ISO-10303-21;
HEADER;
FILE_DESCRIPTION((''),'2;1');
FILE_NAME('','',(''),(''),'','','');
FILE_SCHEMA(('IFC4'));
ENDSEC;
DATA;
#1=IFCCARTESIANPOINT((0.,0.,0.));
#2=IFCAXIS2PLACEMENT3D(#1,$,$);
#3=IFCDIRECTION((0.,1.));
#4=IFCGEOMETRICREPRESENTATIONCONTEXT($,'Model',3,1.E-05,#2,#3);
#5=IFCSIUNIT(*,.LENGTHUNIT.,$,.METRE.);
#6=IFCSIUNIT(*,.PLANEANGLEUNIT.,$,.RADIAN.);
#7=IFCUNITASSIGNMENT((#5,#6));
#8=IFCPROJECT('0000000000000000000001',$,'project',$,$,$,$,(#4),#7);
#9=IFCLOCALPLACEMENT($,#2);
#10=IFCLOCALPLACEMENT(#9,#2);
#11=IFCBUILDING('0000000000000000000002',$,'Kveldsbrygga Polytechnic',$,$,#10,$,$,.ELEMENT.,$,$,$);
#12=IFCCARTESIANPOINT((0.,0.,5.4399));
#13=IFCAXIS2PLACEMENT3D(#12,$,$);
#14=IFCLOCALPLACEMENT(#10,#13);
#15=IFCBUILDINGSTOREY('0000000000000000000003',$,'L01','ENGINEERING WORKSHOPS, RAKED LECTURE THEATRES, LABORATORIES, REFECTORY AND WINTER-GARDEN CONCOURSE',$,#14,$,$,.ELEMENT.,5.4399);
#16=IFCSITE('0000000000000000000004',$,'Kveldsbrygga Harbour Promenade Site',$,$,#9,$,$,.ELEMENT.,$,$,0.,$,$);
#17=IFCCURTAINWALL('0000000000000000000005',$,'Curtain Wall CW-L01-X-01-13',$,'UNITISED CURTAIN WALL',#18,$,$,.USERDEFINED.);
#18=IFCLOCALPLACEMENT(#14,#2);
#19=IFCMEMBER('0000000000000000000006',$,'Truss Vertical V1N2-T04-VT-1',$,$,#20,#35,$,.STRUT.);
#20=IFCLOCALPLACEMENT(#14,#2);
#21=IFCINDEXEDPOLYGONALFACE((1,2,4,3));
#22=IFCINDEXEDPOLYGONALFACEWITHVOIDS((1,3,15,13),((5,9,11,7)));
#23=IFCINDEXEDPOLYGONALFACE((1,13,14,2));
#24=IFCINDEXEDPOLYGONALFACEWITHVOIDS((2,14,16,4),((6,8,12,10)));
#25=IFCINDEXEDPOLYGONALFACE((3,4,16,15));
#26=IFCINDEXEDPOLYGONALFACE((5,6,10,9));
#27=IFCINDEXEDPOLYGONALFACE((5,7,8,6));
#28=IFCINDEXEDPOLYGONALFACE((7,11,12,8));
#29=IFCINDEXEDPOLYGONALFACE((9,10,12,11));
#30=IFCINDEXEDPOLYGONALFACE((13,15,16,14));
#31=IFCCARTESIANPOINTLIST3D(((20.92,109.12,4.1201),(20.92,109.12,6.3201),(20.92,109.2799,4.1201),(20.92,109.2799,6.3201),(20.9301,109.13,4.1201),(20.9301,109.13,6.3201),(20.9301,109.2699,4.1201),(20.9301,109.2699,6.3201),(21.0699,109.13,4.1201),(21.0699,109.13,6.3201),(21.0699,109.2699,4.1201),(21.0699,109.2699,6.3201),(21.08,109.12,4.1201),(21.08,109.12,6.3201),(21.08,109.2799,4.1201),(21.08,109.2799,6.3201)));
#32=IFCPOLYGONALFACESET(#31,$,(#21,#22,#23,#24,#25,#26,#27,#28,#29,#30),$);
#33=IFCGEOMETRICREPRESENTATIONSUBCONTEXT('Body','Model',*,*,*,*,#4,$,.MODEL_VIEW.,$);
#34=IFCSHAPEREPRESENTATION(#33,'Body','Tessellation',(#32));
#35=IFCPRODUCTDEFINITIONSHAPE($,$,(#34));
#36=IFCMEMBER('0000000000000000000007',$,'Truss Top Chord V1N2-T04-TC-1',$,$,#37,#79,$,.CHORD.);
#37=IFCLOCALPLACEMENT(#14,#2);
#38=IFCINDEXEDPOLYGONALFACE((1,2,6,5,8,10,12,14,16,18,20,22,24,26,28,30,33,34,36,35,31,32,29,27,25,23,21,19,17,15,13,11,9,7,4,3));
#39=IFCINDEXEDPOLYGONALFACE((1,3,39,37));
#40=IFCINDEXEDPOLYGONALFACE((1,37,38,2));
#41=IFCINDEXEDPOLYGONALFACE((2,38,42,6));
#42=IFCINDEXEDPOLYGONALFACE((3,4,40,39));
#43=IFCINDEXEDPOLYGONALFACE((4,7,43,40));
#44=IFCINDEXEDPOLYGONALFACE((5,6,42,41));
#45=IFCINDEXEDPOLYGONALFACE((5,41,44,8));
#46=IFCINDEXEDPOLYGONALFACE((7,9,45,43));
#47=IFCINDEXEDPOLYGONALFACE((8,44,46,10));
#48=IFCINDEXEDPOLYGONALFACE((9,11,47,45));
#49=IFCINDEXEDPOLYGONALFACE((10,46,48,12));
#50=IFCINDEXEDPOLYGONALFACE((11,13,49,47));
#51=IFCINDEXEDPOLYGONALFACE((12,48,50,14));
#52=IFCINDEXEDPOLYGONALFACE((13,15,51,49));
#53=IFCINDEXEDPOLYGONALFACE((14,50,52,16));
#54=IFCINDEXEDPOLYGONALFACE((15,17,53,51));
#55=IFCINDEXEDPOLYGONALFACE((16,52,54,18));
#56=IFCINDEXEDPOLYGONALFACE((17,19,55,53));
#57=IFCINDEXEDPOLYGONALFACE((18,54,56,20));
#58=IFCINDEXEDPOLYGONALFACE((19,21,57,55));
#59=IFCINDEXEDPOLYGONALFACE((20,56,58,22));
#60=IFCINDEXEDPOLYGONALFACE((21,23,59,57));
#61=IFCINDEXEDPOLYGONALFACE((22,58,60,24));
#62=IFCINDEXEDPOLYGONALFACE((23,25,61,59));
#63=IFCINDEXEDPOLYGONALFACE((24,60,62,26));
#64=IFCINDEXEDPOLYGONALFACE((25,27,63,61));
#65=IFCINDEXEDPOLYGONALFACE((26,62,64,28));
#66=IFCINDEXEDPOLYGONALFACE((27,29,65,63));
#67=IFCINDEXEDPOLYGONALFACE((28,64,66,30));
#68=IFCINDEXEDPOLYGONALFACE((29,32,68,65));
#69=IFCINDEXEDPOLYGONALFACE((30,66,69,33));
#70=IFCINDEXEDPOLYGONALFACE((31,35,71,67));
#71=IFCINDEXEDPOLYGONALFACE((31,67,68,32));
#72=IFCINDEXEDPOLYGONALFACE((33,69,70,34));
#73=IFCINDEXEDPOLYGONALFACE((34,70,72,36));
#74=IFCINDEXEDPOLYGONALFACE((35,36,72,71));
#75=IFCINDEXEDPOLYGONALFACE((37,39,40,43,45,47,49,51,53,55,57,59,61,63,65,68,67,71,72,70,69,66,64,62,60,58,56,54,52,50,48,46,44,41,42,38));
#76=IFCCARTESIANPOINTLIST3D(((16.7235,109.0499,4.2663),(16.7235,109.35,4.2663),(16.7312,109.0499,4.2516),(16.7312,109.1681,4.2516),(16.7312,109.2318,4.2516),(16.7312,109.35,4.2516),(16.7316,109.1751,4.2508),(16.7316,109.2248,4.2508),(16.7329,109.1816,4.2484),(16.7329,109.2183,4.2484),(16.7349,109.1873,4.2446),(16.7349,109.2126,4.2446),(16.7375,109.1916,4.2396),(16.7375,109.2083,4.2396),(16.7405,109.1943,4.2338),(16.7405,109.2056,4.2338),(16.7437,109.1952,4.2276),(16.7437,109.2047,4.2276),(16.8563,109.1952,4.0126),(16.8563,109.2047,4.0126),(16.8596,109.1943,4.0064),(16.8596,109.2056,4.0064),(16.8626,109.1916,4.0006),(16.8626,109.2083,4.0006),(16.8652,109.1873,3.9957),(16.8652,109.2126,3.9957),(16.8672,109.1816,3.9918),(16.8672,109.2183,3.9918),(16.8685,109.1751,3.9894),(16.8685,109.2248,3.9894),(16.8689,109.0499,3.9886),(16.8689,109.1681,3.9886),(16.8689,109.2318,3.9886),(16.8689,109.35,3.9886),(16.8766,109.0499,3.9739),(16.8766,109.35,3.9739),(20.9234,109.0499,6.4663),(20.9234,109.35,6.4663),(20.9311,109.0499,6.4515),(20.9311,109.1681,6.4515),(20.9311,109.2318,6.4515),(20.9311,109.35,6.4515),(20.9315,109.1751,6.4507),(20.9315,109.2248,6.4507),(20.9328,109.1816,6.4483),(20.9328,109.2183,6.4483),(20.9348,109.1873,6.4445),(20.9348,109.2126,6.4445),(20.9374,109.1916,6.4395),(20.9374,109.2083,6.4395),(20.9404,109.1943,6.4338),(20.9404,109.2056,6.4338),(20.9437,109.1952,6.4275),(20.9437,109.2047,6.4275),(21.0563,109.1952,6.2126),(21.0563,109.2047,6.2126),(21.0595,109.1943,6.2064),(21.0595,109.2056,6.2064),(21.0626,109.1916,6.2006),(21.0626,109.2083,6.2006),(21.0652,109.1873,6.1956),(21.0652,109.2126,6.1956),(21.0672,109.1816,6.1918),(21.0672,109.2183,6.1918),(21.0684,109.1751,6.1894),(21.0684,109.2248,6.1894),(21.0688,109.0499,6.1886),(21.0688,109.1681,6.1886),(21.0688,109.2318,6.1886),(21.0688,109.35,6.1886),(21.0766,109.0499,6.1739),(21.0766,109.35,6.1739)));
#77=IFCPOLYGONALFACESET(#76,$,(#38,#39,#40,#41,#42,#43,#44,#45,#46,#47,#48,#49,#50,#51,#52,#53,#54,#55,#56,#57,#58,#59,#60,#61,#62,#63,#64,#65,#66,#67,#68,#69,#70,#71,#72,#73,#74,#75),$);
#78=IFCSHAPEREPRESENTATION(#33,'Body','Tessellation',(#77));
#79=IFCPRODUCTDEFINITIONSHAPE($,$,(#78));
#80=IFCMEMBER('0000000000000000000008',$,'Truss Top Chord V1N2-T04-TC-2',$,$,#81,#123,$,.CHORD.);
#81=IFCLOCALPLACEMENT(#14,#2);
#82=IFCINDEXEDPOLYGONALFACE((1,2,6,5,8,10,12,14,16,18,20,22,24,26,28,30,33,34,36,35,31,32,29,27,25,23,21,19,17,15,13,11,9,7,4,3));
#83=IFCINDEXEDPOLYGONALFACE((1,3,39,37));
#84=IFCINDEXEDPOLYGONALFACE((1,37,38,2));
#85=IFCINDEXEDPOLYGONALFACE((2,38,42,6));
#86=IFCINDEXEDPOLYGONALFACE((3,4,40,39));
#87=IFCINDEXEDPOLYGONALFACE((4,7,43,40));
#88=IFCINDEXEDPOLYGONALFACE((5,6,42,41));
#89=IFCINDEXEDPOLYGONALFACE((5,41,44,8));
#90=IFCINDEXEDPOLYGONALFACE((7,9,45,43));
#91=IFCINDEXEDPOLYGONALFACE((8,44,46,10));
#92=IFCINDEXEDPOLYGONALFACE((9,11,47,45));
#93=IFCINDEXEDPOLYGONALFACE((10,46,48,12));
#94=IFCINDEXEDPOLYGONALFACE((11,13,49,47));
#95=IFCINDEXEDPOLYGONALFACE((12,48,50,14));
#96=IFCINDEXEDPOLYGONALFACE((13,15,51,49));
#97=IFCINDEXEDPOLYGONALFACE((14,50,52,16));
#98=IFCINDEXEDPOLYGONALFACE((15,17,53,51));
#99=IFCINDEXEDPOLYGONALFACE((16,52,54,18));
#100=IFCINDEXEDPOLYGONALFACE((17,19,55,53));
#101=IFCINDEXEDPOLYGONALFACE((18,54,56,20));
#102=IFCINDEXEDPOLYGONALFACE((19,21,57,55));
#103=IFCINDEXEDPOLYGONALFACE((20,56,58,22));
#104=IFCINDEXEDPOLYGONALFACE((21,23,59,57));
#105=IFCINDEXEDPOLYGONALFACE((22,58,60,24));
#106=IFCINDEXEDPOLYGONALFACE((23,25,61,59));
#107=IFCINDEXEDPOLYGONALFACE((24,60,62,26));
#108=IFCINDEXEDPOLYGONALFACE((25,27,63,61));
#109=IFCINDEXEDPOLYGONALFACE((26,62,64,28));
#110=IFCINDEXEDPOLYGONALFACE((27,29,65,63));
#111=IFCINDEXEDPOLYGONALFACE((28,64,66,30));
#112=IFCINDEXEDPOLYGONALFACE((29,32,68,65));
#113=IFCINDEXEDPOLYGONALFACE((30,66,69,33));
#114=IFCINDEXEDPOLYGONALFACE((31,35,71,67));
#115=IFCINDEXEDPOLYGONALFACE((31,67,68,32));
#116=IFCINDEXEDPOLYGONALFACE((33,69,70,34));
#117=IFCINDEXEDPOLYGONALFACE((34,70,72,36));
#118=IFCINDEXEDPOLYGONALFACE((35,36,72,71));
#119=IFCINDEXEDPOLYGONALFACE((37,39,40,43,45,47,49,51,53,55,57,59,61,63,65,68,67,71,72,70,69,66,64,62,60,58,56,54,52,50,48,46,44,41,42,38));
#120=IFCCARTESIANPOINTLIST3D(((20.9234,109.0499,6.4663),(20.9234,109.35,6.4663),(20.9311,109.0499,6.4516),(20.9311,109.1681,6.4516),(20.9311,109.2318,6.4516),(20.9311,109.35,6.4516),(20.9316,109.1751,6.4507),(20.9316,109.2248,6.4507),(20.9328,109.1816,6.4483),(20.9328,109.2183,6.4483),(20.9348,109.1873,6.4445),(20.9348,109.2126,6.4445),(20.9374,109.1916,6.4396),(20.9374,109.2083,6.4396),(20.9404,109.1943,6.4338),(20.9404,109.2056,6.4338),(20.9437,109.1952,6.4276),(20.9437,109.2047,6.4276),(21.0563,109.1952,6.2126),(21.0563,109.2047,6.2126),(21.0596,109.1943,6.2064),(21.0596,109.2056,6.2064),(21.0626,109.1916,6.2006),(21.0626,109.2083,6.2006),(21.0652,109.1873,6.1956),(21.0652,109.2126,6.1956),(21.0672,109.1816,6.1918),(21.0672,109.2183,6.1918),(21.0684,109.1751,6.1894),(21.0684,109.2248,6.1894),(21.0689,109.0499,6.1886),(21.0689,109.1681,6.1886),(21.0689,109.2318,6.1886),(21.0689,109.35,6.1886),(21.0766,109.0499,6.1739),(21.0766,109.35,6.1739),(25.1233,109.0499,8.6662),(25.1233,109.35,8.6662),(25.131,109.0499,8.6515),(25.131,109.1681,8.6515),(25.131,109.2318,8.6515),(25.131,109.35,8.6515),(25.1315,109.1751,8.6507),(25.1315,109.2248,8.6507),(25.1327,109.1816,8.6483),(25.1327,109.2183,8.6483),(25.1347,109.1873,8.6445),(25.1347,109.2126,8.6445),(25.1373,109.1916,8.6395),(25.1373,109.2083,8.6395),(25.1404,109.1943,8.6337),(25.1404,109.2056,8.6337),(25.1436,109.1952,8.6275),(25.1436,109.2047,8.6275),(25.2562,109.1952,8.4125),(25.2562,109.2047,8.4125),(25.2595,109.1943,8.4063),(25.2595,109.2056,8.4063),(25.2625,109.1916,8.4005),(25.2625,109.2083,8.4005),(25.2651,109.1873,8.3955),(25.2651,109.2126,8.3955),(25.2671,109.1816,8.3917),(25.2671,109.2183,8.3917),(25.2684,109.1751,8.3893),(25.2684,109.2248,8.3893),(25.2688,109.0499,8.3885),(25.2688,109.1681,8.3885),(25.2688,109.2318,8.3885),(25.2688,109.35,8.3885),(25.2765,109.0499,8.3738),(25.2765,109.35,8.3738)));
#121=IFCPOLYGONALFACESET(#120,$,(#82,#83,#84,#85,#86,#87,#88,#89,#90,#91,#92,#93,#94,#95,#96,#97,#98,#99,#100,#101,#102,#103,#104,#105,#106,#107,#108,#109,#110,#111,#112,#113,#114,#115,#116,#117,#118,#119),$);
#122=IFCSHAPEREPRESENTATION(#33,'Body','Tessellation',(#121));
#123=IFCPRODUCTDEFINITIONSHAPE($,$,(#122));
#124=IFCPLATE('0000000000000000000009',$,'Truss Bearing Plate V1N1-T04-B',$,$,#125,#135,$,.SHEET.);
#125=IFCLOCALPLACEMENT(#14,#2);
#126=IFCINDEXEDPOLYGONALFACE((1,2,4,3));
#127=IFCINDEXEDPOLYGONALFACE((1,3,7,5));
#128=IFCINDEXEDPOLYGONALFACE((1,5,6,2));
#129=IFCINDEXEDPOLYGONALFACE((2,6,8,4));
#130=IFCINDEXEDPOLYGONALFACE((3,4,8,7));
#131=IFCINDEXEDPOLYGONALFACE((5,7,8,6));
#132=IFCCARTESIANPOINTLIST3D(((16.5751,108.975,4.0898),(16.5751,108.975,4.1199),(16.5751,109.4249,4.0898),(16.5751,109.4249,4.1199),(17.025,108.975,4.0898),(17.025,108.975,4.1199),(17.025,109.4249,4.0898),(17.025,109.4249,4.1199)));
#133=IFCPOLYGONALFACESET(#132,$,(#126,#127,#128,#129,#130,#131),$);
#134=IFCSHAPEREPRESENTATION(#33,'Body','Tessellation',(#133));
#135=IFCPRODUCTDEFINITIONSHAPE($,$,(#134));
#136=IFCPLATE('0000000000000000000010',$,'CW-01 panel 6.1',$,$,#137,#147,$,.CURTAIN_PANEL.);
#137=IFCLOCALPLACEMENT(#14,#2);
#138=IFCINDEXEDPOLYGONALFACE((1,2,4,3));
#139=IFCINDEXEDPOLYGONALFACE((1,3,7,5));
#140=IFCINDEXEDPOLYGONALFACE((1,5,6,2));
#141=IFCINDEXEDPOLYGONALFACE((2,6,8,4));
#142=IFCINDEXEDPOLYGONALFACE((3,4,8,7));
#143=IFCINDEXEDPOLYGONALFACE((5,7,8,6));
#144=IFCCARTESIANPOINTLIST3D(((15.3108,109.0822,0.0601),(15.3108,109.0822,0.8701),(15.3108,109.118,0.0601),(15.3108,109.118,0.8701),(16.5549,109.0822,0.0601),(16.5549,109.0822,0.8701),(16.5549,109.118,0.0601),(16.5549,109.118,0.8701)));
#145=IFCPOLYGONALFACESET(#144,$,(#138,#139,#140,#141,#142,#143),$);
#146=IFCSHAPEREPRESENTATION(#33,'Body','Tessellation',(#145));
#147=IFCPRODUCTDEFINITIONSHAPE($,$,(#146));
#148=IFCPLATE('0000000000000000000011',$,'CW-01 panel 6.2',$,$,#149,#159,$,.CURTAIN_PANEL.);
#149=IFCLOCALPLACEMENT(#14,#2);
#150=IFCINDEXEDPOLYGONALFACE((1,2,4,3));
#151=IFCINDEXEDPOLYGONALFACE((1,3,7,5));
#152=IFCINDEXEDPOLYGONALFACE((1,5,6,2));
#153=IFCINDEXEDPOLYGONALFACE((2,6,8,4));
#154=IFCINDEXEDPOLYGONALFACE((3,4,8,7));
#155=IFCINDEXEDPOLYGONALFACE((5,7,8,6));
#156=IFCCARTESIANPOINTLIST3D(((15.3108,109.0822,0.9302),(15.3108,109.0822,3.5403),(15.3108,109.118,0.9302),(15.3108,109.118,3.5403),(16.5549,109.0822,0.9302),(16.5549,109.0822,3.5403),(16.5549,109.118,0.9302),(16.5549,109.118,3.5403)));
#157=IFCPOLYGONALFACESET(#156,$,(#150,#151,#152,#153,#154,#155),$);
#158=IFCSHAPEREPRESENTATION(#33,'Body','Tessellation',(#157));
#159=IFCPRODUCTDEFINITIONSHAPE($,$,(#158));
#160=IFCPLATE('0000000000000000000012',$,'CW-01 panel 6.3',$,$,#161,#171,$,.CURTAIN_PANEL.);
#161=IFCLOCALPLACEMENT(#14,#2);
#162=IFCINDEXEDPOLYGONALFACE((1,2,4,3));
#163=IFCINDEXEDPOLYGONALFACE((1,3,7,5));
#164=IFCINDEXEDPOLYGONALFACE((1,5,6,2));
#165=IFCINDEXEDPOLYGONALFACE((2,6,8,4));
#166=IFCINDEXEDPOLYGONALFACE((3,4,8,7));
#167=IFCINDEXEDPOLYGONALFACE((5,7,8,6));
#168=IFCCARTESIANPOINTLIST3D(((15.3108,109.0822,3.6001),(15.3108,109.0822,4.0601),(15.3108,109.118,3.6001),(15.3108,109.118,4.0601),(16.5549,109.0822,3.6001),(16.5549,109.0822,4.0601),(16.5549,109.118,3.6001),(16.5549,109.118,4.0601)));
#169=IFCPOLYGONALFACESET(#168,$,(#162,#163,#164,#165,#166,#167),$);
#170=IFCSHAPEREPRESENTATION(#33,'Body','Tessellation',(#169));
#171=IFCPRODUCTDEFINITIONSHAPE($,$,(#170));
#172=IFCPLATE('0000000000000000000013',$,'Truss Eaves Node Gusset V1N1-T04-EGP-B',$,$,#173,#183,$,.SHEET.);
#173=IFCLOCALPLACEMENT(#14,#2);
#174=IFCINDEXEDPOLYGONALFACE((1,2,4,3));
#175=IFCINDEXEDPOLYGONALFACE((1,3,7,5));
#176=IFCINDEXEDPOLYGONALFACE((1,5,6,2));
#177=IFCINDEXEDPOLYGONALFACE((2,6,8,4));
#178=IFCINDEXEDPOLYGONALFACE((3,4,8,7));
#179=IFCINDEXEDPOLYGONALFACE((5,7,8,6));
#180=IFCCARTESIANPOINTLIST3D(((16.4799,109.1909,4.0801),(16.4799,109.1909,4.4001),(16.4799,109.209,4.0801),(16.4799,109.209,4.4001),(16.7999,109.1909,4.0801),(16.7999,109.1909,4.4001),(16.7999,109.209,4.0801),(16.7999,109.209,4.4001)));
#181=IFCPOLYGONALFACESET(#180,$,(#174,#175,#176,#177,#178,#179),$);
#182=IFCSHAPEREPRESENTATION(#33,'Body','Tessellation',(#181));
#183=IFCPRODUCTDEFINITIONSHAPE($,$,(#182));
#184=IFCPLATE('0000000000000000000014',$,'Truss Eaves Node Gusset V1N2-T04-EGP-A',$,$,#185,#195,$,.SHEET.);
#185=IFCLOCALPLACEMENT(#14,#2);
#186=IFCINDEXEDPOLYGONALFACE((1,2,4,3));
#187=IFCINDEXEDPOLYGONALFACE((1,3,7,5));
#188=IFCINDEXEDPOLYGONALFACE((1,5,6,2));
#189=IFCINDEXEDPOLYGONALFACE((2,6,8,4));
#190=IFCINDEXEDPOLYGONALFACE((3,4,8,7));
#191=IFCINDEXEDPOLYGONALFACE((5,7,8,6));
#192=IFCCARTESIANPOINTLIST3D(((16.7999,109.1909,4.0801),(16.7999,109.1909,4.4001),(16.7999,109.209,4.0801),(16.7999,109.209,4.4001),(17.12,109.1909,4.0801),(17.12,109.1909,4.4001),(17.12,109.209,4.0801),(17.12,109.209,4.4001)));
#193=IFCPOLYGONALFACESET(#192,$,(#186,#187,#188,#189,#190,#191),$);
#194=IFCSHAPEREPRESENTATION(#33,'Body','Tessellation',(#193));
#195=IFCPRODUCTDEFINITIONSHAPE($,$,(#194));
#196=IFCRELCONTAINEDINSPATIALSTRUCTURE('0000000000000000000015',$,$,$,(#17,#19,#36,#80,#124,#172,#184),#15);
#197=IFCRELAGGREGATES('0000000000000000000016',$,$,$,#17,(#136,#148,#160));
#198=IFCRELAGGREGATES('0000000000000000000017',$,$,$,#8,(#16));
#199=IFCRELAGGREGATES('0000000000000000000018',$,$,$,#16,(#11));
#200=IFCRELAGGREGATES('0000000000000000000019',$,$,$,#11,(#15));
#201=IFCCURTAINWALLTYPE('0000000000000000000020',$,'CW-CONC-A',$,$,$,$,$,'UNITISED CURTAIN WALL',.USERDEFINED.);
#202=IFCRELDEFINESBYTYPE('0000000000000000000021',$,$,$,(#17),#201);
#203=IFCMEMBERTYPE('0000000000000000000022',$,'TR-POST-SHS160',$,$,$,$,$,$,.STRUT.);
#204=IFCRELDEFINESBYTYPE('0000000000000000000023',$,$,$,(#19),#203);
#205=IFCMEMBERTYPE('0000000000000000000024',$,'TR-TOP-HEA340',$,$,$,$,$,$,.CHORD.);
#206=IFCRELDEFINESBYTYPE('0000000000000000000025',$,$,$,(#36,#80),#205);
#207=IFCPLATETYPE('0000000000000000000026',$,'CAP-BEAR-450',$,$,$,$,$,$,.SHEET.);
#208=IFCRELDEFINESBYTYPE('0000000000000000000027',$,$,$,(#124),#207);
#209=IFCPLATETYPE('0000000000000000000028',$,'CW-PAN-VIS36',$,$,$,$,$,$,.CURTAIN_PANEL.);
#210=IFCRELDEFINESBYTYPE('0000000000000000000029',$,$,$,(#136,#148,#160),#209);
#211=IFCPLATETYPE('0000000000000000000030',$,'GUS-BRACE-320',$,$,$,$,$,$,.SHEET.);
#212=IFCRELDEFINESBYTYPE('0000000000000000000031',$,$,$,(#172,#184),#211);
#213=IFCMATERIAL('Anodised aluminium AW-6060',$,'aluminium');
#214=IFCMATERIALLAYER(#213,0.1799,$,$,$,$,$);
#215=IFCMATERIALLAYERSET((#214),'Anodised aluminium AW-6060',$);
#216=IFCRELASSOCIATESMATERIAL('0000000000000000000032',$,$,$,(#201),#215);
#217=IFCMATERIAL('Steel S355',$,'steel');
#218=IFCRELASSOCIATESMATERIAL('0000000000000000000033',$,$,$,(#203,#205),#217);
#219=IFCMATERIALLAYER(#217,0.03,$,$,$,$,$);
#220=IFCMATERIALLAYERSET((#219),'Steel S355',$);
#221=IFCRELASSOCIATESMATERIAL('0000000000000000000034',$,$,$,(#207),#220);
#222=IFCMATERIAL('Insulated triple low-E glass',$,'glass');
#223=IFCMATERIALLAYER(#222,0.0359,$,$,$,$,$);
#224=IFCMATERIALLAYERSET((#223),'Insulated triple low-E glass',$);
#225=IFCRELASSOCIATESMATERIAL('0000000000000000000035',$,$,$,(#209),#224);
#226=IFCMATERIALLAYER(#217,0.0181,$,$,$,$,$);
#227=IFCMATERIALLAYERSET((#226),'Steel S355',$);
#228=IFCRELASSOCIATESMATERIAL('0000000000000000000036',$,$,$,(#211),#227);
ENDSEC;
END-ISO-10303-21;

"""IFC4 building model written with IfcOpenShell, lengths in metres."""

from ifc_helpers import new_model, si_unit, direction, frame, origin, origin_2d, place, context, subcontext, project, spatial, rectangle, hollow_rectangle, i_section, extrude, material, layer, layer_set, material_profile, profile_set, type_object, element, aggregate, save


model = new_model("IFC4")

# Units and contexts
model_context = context("Model", 3, precision=1e-05, world=origin(), true_north=direction((0.0, 1.0)))
body_context = subcontext(model_context, "Body", "Model", "MODEL_VIEW")
ifc_project = project(units=[si_unit("LENGTHUNIT", "METRE"), si_unit("PLANEANGLEUNIT", "RADIAN")], contexts=[model_context])

# Site, building, storey
site_placement = place(None, origin())
site = spatial("IfcSite", under=ifc_project, at=site_placement, Name="Kveldsbrygga Harbour Promenade Site", CompositionType="ELEMENT", RefElevation=0.0)
building_placement = place(site_placement, origin())
building = spatial("IfcBuilding", under=site, at=building_placement, Name="Kveldsbrygga Polytechnic", CompositionType="ELEMENT")
storey_placement = place(building_placement, frame((0.0, 0.0, 5.4399)))
storey = spatial("IfcBuildingStorey", under=building, at=storey_placement, Name="L01", Description="ENGINEERING WORKSHOPS, RAKED LECTURE THEATRES, LABORATORIES, REFECTORY AND WINTER-GARDEN CONCOURSE", CompositionType="ELEMENT", Elevation=5.4399)

# Curtain wall
ifc_material_1 = material(Name="Anodised aluminium AW-6060", Category="aluminium")
ifc_layer_1 = layer(ifc_material_1, 0.1799)
ifc_layer_set_1 = layer_set([ifc_layer_1], Name="Anodised aluminium AW-6060")
curtain_wall_type = type_object("IfcCurtainWallType", Name="CW-CONC-A", ElementType="UNITISED CURTAIN WALL", PredefinedType="USERDEFINED", material=ifc_layer_set_1)
curtain_wall_placement = place(storey_placement, origin())
curtain_wall = element("IfcCurtainWall", 1, at=curtain_wall_placement, inside=storey, type_object=curtain_wall_type, Name="Curtain Wall CW-L01-X-01-13", ObjectType="UNITISED CURTAIN WALL", PredefinedType="USERDEFINED")

# Members
ifc_material_2 = material(Name="Steel S355", Category="steel")
ifc_material_profile_1 = material_profile(ifc_material_2, hollow_rectangle(XDim=0.1599, YDim=0.1599, WallThickness=0.01, at=origin_2d()), Name="SHS 160x160x10.0")
ifc_profile_set_1 = profile_set([ifc_material_profile_1], Name="Steel S355")
member_type_1 = type_object("IfcMemberType", Name="TR-POST-SHS160", PredefinedType="STRUT", material=ifc_profile_set_1)
member_1_placement = place(storey_placement, frame((21.0, 109.2, 4.1201), z_axis=(0.0, 0.0, 1.0), x_axis=(1.0, 0.0, 0.0)))
element("IfcMember", 2, at=member_1_placement, inside=storey, type_object=member_type_1, Name="Truss Vertical V1N2-T04-VT-1", PredefinedType="STRUT", context=body_context, shape_type="SweptSolid", body=[
    extrude(hollow_rectangle(XDim=0.1599, YDim=0.1599, WallThickness=0.01, at=origin_2d()), origin(), (0.0, 0.0, 1.0), 2.2),
])
ifc_material_profile_2 = material_profile(ifc_material_2, i_section(OverallWidth=0.3, OverallDepth=0.3301, WebThickness=0.0095, FlangeThickness=0.0166, FilletRadius=0.0271, at=origin_2d()), Name="HEA 340")
ifc_profile_set_2 = profile_set([ifc_material_profile_2], Name="Steel S355")
member_type_2 = type_object("IfcMemberType", Name="TR-TOP-HEA340", PredefinedType="CHORD", material=ifc_profile_set_2)
for number, where, z_axis, x_axis, name in (
    (3, (16.8, 109.2, 4.1201), (0.885834, 0.0, 0.464003), (0.0, 1.0, 0.0), "Truss Top Chord V1N2-T04-TC-1"),
    (4, (21.0, 109.2, 6.3201), (0.885834, 0.0, 0.464003), (0.0, 1.0, 0.0), "Truss Top Chord V1N2-T04-TC-2"),
):
    element("IfcMember", number, at=place(storey_placement, frame(where, z_axis=z_axis, x_axis=x_axis)), inside=storey, type_object=member_type_2, Name=name, PredefinedType="CHORD", context=body_context, shape_type="SweptSolid", body=[
        extrude(i_section(OverallWidth=0.3, OverallDepth=0.3301, WebThickness=0.0095, FlangeThickness=0.0166, FilletRadius=0.0271, at=origin_2d()), origin(), (0.0, 0.0, 1.0), 4.7412),
    ])

# Plates
ifc_layer_2 = layer(ifc_material_2, 0.03)
ifc_layer_set_2 = layer_set([ifc_layer_2], Name="Steel S355")
plate_type_1 = type_object("IfcPlateType", Name="CAP-BEAR-450", PredefinedType="SHEET", material=ifc_layer_set_2)
plate_1_placement = place(storey_placement, frame((16.8, 109.2, 4.0898), z_axis=(0.0, 0.0, 1.0), x_axis=(1.0, 0.0, 0.0)))
element("IfcPlate", 5, at=plate_1_placement, inside=storey, type_object=plate_type_1, Name="Truss Bearing Plate V1N1-T04-B", PredefinedType="SHEET", context=body_context, shape_type="SweptSolid", body=[
    extrude(rectangle(XDim=0.45, YDim=0.45, at=origin_2d()), origin(), (0.0, 0.0, 1.0), 0.03),
])
ifc_material_3 = material(Name="Insulated triple low-E glass", Category="glass")
ifc_layer_3 = layer(ifc_material_3, 0.0359)
ifc_layer_set_3 = layer_set([ifc_layer_3], Name="Insulated triple low-E glass")
plate_type_2 = type_object("IfcPlateType", Name="CW-PAN-VIS36", PredefinedType="CURTAIN_PANEL", material=ifc_layer_set_3)
plate_2_placement = place(storey_placement, frame((15.9329, 109.1001, 0.0601), z_axis=(0.0, 0.0, 1.0), x_axis=(1.0, 0.0, 0.0)))
plate_2 = element("IfcPlate", 6, at=plate_2_placement, type_object=plate_type_2, Name="CW-01 panel 6.1", PredefinedType="CURTAIN_PANEL", context=body_context, shape_type="SweptSolid", body=[
    extrude(rectangle(XDim=1.2441, YDim=0.0359, at=origin_2d()), origin(), (0.0, 0.0, 1.0), 0.8101),
])
plate_3_placement = place(storey_placement, frame((15.9329, 109.1001, 0.9302), z_axis=(0.0, 0.0, 1.0), x_axis=(1.0, 0.0, 0.0)))
plate_3 = element("IfcPlate", 7, at=plate_3_placement, type_object=plate_type_2, Name="CW-01 panel 6.2", PredefinedType="CURTAIN_PANEL", context=body_context, shape_type="SweptSolid", body=[
    extrude(rectangle(XDim=1.2441, YDim=0.0359, at=origin_2d()), origin(), (0.0, 0.0, 1.0), 2.6101),
])
plate_4_placement = place(storey_placement, frame((15.9329, 109.1001, 3.6001), z_axis=(0.0, 0.0, 1.0), x_axis=(1.0, 0.0, 0.0)))
plate_4 = element("IfcPlate", 8, at=plate_4_placement, type_object=plate_type_2, Name="CW-01 panel 6.3", PredefinedType="CURTAIN_PANEL", context=body_context, shape_type="SweptSolid", body=[
    extrude(rectangle(XDim=1.2441, YDim=0.0359, at=origin_2d()), origin(), (0.0, 0.0, 1.0), 0.46),
])
aggregate(curtain_wall, [plate_2, plate_3, plate_4])

# Plates
ifc_layer_4 = layer(ifc_material_2, 0.0181)
ifc_layer_set_4 = layer_set([ifc_layer_4], Name="Steel S355")
plate_type_3 = type_object("IfcPlateType", Name="GUS-BRACE-320", PredefinedType="SHEET", material=ifc_layer_set_4)
for number, where, z_axis, x_axis, name in (
    (9, (16.6399, 109.2, 4.0801), (0.0, 0.0, 1.0), (1.0, 0.0, 0.0), "Truss Eaves Node Gusset V1N1-T04-EGP-B"),
    (10, (16.96, 109.2, 4.0801), (0.0, 0.0, 1.0), (1.0, 0.0, 0.0), "Truss Eaves Node Gusset V1N2-T04-EGP-A"),
):
    element("IfcPlate", number, at=place(storey_placement, frame(where, z_axis=z_axis, x_axis=x_axis)), inside=storey, type_object=plate_type_3, Name=name, PredefinedType="SHEET", context=body_context, shape_type="SweptSolid", body=[
        extrude(rectangle(XDim=0.3201, YDim=0.0181, at=origin_2d()), origin(), (0.0, 0.0, 1.0), 0.3201),
    ])

save(model, "model.ifc")
